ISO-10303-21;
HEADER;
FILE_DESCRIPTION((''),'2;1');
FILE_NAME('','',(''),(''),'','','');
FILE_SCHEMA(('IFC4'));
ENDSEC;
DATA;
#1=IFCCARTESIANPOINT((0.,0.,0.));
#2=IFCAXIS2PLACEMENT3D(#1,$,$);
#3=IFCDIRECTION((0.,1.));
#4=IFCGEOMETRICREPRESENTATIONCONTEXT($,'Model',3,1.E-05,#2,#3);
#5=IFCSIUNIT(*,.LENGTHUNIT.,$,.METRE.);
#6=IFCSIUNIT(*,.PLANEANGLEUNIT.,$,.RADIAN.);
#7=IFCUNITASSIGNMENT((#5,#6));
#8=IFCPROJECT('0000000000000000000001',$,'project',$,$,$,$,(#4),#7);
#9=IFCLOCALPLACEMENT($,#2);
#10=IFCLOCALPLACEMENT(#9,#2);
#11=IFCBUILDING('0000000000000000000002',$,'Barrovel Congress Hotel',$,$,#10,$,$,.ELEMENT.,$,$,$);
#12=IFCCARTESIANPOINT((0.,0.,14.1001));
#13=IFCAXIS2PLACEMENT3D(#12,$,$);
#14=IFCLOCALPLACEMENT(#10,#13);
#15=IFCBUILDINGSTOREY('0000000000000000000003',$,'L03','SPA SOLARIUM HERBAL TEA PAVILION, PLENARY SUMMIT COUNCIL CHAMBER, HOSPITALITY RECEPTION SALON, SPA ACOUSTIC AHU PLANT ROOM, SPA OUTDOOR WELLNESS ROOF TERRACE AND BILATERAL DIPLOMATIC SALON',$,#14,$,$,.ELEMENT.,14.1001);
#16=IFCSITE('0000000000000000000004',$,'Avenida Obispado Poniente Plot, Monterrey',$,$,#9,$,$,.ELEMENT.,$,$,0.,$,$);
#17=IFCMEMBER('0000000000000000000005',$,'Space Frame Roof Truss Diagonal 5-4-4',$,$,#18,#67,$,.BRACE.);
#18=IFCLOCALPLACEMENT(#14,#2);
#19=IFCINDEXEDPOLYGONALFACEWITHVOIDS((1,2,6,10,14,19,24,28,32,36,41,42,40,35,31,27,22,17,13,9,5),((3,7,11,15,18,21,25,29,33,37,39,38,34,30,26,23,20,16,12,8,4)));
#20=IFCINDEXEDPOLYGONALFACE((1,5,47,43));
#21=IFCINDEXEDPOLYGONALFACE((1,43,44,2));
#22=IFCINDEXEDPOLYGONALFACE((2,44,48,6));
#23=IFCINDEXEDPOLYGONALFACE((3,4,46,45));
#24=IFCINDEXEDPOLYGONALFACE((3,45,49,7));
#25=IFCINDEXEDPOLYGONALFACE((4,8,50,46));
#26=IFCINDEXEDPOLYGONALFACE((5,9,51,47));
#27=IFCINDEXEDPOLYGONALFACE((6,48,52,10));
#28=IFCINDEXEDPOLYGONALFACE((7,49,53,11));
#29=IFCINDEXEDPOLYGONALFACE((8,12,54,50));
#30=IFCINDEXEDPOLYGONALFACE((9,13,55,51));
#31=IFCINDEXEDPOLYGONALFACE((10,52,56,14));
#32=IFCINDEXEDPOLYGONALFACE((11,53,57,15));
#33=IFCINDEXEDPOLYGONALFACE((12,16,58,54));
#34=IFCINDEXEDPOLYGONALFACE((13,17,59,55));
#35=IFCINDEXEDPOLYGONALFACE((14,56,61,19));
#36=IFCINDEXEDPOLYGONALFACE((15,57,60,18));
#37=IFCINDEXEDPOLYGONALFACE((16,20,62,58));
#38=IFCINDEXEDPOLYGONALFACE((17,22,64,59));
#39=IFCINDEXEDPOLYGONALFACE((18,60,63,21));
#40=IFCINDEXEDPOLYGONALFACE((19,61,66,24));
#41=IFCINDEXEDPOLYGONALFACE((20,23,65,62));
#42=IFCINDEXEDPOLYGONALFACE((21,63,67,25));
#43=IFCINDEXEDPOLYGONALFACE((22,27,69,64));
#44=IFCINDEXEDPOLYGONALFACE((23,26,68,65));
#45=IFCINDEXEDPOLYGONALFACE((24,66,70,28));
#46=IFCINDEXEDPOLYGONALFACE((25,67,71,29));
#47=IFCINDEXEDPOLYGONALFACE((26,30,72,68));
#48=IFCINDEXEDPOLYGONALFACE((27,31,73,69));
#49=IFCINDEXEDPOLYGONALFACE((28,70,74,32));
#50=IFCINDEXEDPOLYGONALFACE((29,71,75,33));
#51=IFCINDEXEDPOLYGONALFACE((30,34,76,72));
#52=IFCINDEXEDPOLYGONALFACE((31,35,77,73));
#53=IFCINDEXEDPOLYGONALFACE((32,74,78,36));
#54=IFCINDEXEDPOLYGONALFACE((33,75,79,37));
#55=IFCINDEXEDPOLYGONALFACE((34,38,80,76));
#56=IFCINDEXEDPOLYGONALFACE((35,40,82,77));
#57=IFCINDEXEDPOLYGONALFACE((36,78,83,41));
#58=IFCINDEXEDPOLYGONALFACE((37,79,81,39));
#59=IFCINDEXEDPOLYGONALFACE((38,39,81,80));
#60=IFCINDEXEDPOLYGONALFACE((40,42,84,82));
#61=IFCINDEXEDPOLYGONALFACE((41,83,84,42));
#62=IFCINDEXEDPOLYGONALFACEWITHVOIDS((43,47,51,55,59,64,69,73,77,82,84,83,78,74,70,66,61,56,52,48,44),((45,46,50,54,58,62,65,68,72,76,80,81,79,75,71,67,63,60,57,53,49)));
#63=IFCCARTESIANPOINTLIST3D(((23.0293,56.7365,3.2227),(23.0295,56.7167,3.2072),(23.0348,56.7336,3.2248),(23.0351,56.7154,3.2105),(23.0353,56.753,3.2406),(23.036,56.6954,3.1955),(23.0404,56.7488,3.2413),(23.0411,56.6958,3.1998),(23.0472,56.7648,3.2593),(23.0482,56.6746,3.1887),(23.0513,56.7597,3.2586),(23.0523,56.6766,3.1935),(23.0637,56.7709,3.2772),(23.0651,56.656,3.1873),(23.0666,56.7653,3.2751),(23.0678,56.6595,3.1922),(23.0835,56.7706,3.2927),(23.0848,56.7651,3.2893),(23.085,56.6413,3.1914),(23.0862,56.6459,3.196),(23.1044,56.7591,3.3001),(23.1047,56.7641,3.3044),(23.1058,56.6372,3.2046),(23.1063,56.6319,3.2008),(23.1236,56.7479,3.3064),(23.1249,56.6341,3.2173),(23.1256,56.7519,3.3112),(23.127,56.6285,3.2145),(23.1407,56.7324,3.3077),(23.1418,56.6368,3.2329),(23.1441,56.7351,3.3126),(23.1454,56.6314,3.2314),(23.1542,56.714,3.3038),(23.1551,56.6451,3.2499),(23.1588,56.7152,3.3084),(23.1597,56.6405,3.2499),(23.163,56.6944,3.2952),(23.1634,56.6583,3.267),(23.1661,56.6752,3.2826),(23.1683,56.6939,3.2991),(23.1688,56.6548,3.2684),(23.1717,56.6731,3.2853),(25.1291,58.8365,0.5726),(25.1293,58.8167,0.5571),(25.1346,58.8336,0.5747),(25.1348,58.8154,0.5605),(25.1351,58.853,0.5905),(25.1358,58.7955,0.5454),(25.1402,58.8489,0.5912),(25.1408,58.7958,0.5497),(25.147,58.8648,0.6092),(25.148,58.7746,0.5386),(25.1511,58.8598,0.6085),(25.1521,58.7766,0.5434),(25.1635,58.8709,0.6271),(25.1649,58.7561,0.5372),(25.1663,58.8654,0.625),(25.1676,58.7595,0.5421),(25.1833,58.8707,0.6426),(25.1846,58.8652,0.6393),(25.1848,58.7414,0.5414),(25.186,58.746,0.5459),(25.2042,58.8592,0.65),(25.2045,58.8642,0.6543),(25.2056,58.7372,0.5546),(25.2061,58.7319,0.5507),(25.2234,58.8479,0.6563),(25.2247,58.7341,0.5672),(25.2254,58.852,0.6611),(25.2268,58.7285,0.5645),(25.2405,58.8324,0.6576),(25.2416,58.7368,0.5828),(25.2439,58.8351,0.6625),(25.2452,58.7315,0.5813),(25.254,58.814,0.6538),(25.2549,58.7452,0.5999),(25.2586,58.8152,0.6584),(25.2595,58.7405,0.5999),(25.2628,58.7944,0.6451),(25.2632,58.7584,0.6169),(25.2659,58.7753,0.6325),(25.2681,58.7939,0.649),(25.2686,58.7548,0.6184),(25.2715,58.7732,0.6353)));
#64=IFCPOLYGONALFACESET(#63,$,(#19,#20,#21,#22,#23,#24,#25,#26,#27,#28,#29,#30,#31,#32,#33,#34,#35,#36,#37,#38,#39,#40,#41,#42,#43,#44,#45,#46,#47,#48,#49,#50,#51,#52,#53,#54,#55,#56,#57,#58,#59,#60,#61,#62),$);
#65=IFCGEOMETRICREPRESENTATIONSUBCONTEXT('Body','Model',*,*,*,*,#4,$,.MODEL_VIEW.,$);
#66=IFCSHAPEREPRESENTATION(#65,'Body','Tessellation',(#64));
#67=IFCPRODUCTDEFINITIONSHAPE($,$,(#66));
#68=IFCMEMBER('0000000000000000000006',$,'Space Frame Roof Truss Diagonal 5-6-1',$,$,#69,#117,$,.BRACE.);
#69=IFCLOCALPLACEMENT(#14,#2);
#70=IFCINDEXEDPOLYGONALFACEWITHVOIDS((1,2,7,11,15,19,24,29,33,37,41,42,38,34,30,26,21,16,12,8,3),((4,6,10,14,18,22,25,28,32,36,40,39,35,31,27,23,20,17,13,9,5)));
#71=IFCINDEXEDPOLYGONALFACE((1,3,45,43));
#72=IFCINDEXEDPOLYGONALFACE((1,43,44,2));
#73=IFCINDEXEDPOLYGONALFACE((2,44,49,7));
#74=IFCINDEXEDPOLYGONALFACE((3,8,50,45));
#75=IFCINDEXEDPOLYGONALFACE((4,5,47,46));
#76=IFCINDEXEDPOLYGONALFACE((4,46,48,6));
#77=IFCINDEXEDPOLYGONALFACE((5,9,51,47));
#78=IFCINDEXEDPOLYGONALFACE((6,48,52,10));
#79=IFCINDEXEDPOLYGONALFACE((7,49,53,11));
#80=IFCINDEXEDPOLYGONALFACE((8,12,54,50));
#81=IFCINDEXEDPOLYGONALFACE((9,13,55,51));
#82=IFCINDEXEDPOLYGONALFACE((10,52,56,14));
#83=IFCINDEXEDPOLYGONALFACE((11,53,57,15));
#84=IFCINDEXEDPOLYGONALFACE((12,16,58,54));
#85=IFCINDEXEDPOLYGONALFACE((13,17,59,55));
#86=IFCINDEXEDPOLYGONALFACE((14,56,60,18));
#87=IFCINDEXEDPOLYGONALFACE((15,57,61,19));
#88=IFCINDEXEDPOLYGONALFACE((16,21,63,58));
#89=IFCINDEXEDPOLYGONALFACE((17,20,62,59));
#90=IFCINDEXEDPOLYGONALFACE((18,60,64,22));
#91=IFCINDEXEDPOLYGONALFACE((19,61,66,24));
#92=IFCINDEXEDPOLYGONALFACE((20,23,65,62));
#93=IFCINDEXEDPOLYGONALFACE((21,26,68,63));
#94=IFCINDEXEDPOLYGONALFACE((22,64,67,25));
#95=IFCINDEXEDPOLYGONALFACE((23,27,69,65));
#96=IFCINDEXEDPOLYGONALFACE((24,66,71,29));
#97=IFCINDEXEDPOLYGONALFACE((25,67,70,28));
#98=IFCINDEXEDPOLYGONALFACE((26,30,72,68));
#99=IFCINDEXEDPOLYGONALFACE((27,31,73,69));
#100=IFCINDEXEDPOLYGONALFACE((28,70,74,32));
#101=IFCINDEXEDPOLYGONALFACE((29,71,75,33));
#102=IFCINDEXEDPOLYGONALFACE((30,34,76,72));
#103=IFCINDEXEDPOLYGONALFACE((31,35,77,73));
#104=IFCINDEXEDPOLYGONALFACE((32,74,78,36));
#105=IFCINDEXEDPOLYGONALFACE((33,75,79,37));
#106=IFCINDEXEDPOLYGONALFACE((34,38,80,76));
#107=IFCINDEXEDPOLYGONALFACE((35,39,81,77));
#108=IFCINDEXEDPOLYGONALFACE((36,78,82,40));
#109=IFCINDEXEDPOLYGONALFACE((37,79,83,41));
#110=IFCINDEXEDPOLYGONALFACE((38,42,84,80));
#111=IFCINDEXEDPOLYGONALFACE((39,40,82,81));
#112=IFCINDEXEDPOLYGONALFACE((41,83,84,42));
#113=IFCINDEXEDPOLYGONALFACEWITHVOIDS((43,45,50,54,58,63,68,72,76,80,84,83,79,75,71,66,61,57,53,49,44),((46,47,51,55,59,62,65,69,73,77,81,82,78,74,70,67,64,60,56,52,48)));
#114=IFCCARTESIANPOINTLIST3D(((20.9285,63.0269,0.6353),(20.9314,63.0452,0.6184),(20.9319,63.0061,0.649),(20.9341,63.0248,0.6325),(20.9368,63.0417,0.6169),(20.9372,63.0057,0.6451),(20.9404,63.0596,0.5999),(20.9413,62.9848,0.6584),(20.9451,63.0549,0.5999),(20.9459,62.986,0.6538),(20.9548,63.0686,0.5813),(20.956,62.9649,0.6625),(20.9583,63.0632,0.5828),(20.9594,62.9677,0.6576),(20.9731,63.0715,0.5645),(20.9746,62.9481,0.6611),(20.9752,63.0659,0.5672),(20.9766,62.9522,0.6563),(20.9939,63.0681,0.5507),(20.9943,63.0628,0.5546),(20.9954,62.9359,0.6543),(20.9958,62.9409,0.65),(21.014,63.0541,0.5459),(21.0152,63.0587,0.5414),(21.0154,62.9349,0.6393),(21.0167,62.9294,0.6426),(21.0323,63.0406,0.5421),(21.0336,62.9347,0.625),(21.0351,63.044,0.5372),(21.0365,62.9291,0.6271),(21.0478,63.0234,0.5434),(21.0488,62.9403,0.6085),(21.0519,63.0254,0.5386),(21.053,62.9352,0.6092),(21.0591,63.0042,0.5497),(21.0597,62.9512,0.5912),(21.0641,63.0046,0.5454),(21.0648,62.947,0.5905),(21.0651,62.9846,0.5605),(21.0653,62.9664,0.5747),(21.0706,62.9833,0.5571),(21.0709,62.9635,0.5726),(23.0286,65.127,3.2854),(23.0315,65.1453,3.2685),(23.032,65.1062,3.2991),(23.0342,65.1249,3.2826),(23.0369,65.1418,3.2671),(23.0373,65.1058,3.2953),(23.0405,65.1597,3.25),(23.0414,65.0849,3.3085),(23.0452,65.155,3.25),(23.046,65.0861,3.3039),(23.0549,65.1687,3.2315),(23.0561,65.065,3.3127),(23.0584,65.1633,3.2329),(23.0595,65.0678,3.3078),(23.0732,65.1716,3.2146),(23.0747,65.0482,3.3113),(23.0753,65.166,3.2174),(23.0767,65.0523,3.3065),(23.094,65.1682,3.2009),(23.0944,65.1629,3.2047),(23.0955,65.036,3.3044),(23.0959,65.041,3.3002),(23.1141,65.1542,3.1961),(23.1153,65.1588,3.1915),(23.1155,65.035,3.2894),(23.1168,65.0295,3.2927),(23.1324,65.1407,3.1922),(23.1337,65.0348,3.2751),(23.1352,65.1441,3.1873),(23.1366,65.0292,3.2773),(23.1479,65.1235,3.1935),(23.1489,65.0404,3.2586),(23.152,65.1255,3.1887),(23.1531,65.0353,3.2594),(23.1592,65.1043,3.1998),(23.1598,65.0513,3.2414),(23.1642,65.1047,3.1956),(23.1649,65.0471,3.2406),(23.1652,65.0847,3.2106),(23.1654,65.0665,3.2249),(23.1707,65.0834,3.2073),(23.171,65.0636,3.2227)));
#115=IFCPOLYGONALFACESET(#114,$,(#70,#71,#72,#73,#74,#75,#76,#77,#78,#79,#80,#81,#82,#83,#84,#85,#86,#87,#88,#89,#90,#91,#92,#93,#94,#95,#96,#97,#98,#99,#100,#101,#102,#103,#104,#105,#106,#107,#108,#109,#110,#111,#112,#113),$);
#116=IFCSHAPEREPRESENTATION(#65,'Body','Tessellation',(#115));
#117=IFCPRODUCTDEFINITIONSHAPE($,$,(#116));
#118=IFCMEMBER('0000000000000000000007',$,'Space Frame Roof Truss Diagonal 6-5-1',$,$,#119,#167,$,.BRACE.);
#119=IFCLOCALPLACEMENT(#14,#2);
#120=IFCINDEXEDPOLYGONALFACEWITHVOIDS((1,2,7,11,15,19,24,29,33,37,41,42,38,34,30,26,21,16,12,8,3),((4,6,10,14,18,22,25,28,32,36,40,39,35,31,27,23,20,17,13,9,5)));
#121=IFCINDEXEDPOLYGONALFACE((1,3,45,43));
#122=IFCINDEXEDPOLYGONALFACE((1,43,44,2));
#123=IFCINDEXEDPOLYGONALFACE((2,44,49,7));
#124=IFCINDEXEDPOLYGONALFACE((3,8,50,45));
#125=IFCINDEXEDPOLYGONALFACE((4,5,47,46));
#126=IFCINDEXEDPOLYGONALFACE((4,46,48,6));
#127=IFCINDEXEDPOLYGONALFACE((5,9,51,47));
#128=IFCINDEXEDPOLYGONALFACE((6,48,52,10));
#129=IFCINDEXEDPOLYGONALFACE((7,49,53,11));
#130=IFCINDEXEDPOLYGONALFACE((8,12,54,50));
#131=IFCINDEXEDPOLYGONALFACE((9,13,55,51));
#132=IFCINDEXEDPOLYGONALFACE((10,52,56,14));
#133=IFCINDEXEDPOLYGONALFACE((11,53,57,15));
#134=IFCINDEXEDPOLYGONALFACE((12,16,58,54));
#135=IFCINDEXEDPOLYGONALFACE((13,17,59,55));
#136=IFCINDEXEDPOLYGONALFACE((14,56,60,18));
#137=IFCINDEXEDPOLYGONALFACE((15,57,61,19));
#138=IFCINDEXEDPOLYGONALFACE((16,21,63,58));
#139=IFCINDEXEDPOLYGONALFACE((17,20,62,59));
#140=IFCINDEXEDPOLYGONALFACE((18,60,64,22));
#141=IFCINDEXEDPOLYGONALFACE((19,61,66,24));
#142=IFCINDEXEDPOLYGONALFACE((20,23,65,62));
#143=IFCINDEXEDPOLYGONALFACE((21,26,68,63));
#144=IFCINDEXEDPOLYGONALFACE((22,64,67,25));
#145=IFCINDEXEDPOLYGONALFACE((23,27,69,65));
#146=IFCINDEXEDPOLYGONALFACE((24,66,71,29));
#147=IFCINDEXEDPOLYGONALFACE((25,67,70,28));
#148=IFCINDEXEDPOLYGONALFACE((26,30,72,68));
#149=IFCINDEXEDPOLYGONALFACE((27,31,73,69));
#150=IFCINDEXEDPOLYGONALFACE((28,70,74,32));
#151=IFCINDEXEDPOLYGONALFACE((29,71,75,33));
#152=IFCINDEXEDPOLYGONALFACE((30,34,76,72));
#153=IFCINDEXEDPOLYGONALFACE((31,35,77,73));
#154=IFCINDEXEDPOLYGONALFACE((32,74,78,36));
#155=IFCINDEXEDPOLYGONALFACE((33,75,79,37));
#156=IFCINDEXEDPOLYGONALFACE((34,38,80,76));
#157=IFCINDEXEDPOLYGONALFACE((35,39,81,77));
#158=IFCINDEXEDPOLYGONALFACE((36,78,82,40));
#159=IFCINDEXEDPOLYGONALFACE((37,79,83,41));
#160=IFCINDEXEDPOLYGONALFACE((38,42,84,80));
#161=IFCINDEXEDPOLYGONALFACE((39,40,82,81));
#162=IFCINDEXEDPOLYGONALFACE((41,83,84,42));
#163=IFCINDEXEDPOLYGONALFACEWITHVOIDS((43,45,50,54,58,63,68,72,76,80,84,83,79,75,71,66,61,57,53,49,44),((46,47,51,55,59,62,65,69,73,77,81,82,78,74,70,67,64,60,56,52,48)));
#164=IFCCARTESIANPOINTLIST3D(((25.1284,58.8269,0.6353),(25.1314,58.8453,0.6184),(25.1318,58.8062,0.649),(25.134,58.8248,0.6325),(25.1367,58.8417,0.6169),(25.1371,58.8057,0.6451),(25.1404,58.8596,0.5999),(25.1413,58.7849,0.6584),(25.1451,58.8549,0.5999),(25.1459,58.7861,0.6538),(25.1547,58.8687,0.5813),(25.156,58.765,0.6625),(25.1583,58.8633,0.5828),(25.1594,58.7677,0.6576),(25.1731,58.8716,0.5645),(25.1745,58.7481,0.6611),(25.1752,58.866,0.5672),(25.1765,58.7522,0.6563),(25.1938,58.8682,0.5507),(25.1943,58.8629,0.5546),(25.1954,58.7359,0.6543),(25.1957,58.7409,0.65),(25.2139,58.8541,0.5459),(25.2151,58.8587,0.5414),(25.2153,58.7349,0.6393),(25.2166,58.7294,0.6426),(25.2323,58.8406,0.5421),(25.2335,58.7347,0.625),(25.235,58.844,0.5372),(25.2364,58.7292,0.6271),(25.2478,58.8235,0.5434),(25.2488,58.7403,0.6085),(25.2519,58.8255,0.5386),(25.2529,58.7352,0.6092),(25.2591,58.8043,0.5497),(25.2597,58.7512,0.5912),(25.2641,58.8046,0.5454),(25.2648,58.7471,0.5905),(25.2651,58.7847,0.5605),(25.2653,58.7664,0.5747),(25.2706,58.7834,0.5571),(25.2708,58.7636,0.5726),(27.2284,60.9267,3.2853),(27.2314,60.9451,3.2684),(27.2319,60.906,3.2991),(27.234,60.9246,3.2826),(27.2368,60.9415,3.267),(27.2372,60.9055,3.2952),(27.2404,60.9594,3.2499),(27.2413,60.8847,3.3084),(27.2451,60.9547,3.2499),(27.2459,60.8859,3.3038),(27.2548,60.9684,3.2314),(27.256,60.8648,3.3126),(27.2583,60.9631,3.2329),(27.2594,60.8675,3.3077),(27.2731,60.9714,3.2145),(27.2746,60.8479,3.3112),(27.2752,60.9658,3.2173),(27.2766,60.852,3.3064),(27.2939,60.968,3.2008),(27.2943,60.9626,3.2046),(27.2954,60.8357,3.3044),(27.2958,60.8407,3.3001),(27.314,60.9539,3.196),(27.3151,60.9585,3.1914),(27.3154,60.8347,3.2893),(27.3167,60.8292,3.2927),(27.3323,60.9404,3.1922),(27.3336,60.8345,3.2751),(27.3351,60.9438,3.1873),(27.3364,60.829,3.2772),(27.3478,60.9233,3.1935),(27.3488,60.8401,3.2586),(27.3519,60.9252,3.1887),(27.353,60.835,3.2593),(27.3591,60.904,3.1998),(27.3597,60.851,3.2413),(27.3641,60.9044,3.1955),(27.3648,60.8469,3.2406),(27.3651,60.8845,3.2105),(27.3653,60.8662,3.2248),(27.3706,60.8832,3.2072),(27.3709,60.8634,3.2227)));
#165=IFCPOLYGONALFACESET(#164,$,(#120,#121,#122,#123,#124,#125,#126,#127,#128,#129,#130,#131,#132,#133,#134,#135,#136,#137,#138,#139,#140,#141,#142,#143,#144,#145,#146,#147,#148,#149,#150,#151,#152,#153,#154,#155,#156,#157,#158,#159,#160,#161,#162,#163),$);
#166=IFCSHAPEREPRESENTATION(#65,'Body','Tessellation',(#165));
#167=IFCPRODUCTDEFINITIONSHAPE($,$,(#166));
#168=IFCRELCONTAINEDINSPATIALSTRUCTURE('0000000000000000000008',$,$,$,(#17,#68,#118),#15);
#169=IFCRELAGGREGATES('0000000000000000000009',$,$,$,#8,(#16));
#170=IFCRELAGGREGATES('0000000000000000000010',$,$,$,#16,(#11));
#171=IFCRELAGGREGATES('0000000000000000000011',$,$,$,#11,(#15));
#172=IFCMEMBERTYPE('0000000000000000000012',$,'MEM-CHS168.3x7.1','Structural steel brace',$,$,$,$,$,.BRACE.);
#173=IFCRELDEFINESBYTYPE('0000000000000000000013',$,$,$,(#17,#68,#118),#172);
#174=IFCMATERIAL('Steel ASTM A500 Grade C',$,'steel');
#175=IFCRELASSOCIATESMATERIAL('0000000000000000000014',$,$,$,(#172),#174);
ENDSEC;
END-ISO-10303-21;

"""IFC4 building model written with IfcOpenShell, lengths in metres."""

from ifc_helpers import new_model, si_unit, direction, frame, origin, origin_2d, place, context, subcontext, project, spatial, hollow_circle, extrude, material, material_profile, profile_set, type_object, element, save


model = new_model("IFC4")

# Units and contexts
model_context = context("Model", 3, precision=1e-05, world=origin(), true_north=direction((0.0, 1.0)))
body_context = subcontext(model_context, "Body", "Model", "MODEL_VIEW")
ifc_project = project(units=[si_unit("LENGTHUNIT", "METRE"), si_unit("PLANEANGLEUNIT", "RADIAN")], contexts=[model_context])

# Site, building, storey
site_placement = place(None, origin())
site = spatial("IfcSite", under=ifc_project, at=site_placement, Name="Avenida Obispado Poniente Plot, Monterrey", CompositionType="ELEMENT", RefElevation=0.0)
building_placement = place(site_placement, origin())
building = spatial("IfcBuilding", under=site, at=building_placement, Name="Barrovel Congress Hotel", CompositionType="ELEMENT")
storey_placement = place(building_placement, frame((0.0, 0.0, 14.1001)))
storey = spatial("IfcBuildingStorey", under=building, at=storey_placement, Name="L03", Description="SPA SOLARIUM HERBAL TEA PAVILION, PLENARY SUMMIT COUNCIL CHAMBER, HOSPITALITY RECEPTION SALON, SPA ACOUSTIC AHU PLANT ROOM, SPA OUTDOOR WELLNESS ROOF TERRACE AND BILATERAL DIPLOMATIC SALON", CompositionType="ELEMENT", Elevation=14.1001)

# Members
ifc_material_1 = material(Name="Steel ASTM A500 Grade C", Category="steel")
ifc_material_profile_1 = material_profile(ifc_material_1, hollow_circle(Radius=0.0842, WallThickness=0.0066, at=origin_2d()), Name="CHS168.3x7.1")
ifc_profile_set_1 = profile_set([ifc_material_profile_1], Name="Steel ASTM A500 Grade C")
member_type_1 = type_object("IfcMemberType", Name="MEM-CHS168.3x7.1", Description="Structural steel brace", PredefinedType="BRACE", material=ifc_profile_set_1)
member_1_placement = place(storey_placement, frame((25.2, 58.8, 0.5999), z_axis=(-0.527557, -0.527618, 0.66581), x_axis=(0.707148, -0.707066, 0.0)))
element("IfcMember", 1, at=member_1_placement, inside=storey, type_object=member_type_1, Name="Space Frame Roof Truss Diagonal 5-4-4", PredefinedType="BRACE", context=body_context, shape_type="SweptSolid", body=[
    extrude(hollow_circle(Radius=0.0842, WallThickness=0.0066, at=origin_2d()), origin(), (0.0, 0.0, 1.0), 3.9802),
])
member_2_placement = place(storey_placement, frame((21.0, 63.0, 0.5999), z_axis=(0.527601, 0.527601, 0.665788), x_axis=(-0.707107, 0.707107, 0.0)))
element("IfcMember", 2, at=member_2_placement, inside=storey, type_object=member_type_1, Name="Space Frame Roof Truss Diagonal 5-6-1", PredefinedType="BRACE", context=body_context, shape_type="SweptSolid", body=[
    extrude(hollow_circle(Radius=0.0842, WallThickness=0.0066, at=origin_2d()), origin(), (0.0, 0.0, 1.0), 3.9805),
])
member_3_placement = place(storey_placement, frame((25.2, 58.8, 0.5999), z_axis=(0.527618, 0.527557, 0.66581), x_axis=(-0.707066, 0.707148, 0.0)))
element("IfcMember", 3, at=member_3_placement, inside=storey, type_object=member_type_1, Name="Space Frame Roof Truss Diagonal 6-5-1", PredefinedType="BRACE", context=body_context, shape_type="SweptSolid", body=[
    extrude(hollow_circle(Radius=0.0842, WallThickness=0.0066, at=origin_2d()), origin(), (0.0, 0.0, 1.0), 3.9802),
])

save(model, "model.ifc")
